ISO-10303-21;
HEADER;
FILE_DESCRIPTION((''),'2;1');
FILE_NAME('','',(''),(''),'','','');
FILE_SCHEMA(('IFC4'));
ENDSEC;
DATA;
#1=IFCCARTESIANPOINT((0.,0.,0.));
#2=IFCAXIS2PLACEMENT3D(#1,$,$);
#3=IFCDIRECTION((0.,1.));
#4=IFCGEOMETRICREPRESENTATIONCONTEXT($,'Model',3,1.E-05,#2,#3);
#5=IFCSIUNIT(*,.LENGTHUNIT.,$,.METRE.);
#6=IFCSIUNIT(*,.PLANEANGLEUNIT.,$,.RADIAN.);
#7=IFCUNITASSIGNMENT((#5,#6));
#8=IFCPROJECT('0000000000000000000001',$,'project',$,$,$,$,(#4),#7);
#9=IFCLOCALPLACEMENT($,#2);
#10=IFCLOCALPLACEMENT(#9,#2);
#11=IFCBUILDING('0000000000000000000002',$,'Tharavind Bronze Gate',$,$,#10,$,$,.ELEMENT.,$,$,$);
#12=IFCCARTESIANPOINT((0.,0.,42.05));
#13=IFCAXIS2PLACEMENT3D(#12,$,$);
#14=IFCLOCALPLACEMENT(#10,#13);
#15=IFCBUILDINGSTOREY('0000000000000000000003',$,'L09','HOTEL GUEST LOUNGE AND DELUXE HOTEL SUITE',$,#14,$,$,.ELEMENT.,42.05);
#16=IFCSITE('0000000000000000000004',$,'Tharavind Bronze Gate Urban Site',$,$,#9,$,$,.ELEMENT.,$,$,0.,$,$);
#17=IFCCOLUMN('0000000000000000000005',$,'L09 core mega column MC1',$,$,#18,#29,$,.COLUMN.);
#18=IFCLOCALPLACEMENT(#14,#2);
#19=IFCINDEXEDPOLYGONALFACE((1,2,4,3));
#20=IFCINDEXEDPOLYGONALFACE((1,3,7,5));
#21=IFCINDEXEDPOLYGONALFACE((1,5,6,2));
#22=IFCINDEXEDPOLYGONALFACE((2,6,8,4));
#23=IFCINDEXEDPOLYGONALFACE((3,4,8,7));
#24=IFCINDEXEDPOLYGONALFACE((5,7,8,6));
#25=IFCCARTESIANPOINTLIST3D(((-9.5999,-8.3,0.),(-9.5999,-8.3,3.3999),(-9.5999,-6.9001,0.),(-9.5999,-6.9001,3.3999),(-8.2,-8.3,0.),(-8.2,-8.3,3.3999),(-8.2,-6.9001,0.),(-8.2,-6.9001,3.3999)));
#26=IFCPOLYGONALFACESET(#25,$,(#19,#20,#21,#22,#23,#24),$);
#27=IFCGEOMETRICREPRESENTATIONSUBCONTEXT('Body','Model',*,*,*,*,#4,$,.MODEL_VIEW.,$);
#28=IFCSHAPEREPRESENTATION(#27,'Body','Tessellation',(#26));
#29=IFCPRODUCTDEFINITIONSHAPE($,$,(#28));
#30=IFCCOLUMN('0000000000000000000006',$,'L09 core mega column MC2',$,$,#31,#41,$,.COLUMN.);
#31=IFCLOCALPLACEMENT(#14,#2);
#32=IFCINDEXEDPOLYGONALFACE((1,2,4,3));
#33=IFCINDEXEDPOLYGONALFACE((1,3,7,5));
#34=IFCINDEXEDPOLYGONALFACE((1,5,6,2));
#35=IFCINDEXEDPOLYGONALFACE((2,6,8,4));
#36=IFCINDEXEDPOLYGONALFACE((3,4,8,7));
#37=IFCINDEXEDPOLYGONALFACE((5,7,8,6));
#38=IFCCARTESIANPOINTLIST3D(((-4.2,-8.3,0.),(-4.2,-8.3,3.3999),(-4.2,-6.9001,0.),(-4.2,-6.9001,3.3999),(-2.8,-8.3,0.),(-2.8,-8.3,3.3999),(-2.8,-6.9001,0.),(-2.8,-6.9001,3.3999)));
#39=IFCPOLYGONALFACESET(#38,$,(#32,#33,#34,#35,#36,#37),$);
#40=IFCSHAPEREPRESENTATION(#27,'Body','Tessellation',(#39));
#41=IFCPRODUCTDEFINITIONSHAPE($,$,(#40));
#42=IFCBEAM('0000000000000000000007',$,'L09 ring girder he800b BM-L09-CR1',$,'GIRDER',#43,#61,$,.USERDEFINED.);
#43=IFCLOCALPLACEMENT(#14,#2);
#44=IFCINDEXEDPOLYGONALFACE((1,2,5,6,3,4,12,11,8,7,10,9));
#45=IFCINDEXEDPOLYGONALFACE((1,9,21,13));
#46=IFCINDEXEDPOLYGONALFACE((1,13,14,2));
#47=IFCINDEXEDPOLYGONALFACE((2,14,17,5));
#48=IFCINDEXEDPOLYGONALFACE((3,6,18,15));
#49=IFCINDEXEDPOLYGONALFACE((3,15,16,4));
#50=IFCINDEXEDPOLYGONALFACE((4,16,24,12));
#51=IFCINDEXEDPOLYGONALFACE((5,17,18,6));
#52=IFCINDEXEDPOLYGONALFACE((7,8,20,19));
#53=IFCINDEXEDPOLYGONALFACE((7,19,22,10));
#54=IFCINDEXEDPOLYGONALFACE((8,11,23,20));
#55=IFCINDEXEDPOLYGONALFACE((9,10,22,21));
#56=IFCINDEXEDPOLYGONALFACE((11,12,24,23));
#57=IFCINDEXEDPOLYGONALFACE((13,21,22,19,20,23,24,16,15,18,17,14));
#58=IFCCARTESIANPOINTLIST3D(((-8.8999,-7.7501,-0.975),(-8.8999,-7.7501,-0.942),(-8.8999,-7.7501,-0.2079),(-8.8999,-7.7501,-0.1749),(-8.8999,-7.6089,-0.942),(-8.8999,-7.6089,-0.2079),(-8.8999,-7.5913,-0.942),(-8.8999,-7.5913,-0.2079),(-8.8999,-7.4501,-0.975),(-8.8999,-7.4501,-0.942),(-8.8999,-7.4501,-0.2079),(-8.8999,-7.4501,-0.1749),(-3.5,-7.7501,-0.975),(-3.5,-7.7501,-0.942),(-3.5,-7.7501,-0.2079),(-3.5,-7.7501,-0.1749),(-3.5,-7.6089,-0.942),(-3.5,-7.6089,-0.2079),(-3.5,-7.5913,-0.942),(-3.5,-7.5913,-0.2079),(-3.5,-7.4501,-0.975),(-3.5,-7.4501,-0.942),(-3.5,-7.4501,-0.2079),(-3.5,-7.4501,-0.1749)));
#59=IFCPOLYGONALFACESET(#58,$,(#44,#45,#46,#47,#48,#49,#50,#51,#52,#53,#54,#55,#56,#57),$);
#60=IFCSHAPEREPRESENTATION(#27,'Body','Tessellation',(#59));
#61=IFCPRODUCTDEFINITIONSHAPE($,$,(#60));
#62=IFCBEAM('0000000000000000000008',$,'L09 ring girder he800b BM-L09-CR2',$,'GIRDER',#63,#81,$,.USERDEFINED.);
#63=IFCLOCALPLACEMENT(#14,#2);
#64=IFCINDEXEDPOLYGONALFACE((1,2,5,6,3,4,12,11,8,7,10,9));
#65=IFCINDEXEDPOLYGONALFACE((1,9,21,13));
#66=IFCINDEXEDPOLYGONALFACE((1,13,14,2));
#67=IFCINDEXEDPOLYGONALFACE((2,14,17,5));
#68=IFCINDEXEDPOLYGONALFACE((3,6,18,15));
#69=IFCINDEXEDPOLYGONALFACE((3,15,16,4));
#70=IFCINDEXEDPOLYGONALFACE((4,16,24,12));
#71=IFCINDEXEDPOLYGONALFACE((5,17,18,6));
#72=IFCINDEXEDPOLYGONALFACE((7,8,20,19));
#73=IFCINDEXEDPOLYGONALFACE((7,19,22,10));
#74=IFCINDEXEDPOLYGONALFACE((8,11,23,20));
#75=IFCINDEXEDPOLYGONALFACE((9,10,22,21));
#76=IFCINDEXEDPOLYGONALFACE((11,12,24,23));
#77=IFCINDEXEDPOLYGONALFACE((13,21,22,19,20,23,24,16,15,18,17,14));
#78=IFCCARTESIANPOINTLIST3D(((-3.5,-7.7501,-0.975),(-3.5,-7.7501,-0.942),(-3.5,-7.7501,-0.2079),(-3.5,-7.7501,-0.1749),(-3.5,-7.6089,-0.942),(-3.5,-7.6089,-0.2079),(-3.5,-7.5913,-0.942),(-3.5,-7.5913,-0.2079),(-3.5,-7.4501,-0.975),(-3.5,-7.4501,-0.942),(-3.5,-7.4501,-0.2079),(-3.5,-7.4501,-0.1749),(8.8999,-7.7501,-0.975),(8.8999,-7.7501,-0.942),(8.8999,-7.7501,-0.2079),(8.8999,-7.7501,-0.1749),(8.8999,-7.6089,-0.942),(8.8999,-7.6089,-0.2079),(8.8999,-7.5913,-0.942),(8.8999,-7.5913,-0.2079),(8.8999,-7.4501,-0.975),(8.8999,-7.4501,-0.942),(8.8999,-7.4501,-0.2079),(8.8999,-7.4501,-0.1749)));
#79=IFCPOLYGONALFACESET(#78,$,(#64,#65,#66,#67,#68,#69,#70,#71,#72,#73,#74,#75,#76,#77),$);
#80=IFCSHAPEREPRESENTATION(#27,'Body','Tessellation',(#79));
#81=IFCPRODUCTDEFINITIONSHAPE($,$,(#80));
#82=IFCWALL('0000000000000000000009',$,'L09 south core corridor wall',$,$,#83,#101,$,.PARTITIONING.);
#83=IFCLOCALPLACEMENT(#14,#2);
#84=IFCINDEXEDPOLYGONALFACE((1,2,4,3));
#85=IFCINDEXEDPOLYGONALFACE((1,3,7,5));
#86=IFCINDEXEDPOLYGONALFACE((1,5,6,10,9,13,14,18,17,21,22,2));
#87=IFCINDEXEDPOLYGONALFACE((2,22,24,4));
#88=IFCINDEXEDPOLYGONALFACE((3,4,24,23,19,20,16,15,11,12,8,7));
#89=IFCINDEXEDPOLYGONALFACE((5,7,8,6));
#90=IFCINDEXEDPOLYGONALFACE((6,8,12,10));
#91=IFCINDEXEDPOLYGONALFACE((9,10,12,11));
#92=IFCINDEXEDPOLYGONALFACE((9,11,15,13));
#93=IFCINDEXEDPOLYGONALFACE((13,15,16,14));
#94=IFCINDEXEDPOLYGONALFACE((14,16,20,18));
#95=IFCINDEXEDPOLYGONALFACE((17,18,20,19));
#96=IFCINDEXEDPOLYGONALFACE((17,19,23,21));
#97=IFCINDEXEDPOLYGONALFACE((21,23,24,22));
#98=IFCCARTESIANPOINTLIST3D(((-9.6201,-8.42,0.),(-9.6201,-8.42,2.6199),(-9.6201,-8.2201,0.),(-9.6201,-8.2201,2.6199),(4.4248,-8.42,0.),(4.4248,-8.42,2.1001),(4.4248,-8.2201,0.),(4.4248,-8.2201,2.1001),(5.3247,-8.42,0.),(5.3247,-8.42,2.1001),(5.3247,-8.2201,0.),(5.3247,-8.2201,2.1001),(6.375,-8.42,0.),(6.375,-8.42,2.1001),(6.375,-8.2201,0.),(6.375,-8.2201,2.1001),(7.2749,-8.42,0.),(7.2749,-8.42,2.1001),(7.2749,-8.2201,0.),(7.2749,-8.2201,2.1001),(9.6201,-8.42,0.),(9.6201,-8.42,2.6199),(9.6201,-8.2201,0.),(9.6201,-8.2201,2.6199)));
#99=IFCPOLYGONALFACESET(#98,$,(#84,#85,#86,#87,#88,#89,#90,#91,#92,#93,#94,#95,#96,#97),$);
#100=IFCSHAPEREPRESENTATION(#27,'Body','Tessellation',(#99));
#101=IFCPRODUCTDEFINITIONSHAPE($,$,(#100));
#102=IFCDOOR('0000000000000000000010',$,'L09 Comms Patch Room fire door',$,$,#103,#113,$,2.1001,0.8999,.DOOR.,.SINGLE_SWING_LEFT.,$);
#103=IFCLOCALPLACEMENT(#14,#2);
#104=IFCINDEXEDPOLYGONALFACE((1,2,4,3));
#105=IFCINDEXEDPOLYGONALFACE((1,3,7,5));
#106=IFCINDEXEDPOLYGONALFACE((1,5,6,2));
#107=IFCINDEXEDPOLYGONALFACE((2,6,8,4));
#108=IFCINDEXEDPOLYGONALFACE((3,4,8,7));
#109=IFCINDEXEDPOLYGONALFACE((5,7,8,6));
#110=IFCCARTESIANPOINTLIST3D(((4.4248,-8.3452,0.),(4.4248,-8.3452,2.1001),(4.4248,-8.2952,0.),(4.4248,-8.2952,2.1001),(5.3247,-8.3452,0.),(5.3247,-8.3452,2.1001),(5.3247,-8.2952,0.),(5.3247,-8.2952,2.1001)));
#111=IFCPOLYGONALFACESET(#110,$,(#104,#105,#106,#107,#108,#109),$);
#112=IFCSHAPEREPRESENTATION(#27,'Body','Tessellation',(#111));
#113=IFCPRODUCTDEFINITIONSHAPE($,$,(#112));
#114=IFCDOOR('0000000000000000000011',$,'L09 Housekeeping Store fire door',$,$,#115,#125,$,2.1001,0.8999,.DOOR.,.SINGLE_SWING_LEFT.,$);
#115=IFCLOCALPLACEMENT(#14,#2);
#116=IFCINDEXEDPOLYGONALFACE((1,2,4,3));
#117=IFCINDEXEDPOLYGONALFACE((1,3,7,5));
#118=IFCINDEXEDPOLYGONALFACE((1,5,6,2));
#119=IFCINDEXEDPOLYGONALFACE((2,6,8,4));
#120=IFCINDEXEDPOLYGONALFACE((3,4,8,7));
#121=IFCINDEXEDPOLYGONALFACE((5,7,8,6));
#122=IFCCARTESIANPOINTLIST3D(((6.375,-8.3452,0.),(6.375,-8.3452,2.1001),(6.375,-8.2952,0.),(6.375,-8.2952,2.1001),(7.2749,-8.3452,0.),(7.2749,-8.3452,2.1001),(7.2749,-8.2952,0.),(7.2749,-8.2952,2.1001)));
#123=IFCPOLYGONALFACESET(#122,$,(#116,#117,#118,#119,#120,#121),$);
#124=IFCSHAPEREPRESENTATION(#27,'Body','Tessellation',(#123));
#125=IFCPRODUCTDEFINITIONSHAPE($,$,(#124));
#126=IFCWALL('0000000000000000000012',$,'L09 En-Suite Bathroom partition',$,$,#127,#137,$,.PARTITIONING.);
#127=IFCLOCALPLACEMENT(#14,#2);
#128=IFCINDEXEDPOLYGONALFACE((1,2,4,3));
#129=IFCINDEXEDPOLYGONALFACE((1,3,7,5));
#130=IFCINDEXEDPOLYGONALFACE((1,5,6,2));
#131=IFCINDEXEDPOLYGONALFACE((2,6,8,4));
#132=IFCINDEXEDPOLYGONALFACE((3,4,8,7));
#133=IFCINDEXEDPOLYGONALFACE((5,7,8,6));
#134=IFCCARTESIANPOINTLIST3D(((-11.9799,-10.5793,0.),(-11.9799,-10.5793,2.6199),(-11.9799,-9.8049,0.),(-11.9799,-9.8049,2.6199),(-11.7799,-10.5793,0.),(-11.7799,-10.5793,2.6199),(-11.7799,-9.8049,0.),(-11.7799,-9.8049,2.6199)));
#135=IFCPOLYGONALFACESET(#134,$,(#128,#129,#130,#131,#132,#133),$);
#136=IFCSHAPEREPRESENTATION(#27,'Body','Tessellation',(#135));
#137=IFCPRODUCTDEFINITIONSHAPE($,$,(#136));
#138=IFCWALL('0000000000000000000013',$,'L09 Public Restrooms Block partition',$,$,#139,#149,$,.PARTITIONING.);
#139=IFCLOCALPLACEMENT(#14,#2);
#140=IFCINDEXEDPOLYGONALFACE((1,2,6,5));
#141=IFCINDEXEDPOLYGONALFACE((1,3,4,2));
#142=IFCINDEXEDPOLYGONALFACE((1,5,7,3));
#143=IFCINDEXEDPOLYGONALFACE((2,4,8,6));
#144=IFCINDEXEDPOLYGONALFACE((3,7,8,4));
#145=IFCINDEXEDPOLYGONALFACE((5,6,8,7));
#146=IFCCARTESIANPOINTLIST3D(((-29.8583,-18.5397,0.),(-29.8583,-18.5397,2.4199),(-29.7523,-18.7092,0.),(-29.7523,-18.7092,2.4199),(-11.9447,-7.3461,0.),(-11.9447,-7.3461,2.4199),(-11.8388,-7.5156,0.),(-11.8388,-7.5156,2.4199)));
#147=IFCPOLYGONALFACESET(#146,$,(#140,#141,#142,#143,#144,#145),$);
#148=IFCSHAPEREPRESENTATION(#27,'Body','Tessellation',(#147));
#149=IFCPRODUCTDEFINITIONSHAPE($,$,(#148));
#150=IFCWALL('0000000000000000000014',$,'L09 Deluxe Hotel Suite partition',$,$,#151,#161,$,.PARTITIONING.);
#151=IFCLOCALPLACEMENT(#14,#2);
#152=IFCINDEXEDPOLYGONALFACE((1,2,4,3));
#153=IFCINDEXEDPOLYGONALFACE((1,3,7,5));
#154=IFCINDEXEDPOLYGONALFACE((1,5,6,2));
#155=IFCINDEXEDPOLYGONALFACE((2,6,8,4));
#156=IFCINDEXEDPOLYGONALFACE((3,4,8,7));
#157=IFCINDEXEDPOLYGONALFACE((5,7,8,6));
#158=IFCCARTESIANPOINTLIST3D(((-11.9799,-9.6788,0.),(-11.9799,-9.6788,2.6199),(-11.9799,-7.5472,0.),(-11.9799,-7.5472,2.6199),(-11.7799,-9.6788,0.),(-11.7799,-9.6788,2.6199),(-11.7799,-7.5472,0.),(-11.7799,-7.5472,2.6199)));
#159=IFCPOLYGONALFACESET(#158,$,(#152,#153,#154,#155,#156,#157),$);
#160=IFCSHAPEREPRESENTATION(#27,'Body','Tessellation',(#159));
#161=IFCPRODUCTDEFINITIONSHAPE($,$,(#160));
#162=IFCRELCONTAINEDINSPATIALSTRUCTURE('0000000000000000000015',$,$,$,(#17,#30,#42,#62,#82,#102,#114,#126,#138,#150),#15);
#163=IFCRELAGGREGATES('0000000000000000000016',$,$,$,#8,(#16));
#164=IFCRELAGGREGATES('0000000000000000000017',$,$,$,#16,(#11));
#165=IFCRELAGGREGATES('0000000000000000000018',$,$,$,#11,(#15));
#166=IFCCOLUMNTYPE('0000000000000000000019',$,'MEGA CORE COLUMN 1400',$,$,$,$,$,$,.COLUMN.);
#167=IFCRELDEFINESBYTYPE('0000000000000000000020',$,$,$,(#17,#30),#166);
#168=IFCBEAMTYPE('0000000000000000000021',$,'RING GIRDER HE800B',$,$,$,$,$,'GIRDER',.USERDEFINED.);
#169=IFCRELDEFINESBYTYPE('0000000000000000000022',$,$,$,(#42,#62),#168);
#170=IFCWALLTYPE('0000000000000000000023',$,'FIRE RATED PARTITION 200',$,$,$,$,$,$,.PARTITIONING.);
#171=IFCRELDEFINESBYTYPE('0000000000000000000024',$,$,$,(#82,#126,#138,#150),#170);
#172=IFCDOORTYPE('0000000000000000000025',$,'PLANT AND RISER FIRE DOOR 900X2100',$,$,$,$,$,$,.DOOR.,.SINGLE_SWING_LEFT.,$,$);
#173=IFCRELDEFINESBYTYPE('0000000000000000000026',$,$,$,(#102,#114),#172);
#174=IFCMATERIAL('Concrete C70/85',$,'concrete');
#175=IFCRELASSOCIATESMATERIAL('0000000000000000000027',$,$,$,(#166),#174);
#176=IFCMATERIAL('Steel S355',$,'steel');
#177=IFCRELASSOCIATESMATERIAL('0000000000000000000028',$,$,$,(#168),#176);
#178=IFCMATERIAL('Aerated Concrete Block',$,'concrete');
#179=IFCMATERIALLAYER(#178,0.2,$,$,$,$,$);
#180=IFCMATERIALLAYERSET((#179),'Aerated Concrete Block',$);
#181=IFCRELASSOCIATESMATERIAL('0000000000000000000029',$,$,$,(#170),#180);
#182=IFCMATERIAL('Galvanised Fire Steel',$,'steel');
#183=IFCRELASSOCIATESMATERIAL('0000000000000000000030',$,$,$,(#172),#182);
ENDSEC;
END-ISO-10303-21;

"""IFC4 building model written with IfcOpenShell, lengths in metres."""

from ifc_helpers import new_model, si_unit, direction, frame, frame_2d, origin, origin_2d, place, context, subcontext, project, spatial, rectangle, i_section, extrude, material, layer, layer_set, material_profile, profile_set, type_object, element, fill, save


model = new_model("IFC4")

# Units and contexts
model_context = context("Model", 3, precision=1e-05, world=origin(), true_north=direction((0.0, 1.0)))
body_context = subcontext(model_context, "Body", "Model", "MODEL_VIEW")
ifc_project = project(units=[si_unit("LENGTHUNIT", "METRE"), si_unit("PLANEANGLEUNIT", "RADIAN")], contexts=[model_context])

# Site, building, storey
site_placement = place(None, origin())
site = spatial("IfcSite", under=ifc_project, at=site_placement, Name="Tharavind Bronze Gate Urban Site", CompositionType="ELEMENT", RefElevation=0.0)
building_placement = place(site_placement, origin())
building = spatial("IfcBuilding", under=site, at=building_placement, Name="Tharavind Bronze Gate", CompositionType="ELEMENT")
storey_placement = place(building_placement, frame((0.0, 0.0, 42.05)))
storey = spatial("IfcBuildingStorey", under=building, at=storey_placement, Name="L09", Description="HOTEL GUEST LOUNGE AND DELUXE HOTEL SUITE", CompositionType="ELEMENT", Elevation=42.05)

# Columns
ifc_material_1 = material(Name="Concrete C70/85", Category="concrete")
ifc_material_profile_1 = material_profile(ifc_material_1, rectangle(XDim=1.3999, YDim=1.3999, at=origin_2d()), Name="RCCOL1400")
ifc_profile_set_1 = profile_set([ifc_material_profile_1], Name="Concrete C70/85")
column_type = type_object("IfcColumnType", Name="MEGA CORE COLUMN 1400", PredefinedType="COLUMN", material=ifc_profile_set_1)
for number, where, z_axis, x_axis, name in (
    (1, (-8.8999, -7.6001, 0.0), (0.0, 0.0, 1.0), (1.0, 0.0, 0.0), "L09 core mega column MC1"),
    (2, (-3.5, -7.6001, 0.0), (0.0, 0.0, 1.0), (1.0, 0.0, 0.0), "L09 core mega column MC2"),
):
    element("IfcColumn", number, at=place(storey_placement, frame(where, z_axis=z_axis, x_axis=x_axis)), inside=storey, type_object=column_type, Name=name, PredefinedType="COLUMN", context=body_context, shape_type="SweptSolid", body=[
        extrude(rectangle(XDim=1.3999, YDim=1.3999, at=origin_2d()), origin(), (0.0, 0.0, 1.0), 3.3999),
    ])

# Beams
ifc_material_2 = material(Name="Steel S355", Category="steel")
ifc_material_profile_2 = material_profile(ifc_material_2, i_section(OverallWidth=0.3, OverallDepth=0.8, WebThickness=0.0176, FlangeThickness=0.033, at=origin_2d()), Name="HE800B")
ifc_profile_set_2 = profile_set([ifc_material_profile_2], Name="Steel S355")
beam_type = type_object("IfcBeamType", Name="RING GIRDER HE800B", ElementType="GIRDER", PredefinedType="USERDEFINED", material=ifc_profile_set_2)
beam_1_placement = place(storey_placement, frame((-8.8999, -7.6001, -0.575), z_axis=(1.0, 0.0, 0.0), x_axis=(0.0, 1.0, 0.0)))
element("IfcBeam", 3, at=beam_1_placement, inside=storey, type_object=beam_type, Name="L09 ring girder he800b BM-L09-CR1", ObjectType="GIRDER", PredefinedType="USERDEFINED", context=body_context, shape_type="SweptSolid", body=[
    extrude(i_section(OverallWidth=0.3, OverallDepth=0.8, WebThickness=0.0176, FlangeThickness=0.033, at=origin_2d()), origin(), (0.0, 0.0, 1.0), 5.3999),
])
beam_2_placement = place(storey_placement, frame((-3.5, -7.6001, -0.575), z_axis=(1.0, 0.0, 0.0), x_axis=(0.0, 1.0, 0.0)))
element("IfcBeam", 4, at=beam_2_placement, inside=storey, type_object=beam_type, Name="L09 ring girder he800b BM-L09-CR2", ObjectType="GIRDER", PredefinedType="USERDEFINED", context=body_context, shape_type="SweptSolid", body=[
    extrude(i_section(OverallWidth=0.3, OverallDepth=0.8, WebThickness=0.0176, FlangeThickness=0.033, at=origin_2d()), origin(), (0.0, 0.0, 1.0), 12.3999),
])

# Wall, openings, doors
ifc_material_3 = material(Name="Aerated Concrete Block", Category="concrete")
ifc_layer_1 = layer(ifc_material_3, 0.2)
ifc_layer_set_1 = layer_set([ifc_layer_1], Name="Aerated Concrete Block")
wall_type_1 = type_object("IfcWallType", Name="FIRE RATED PARTITION 200", PredefinedType="PARTITIONING", material=ifc_layer_set_1)
wall_1_placement = place(storey_placement, frame((-9.6201, -8.3201, 0.0), z_axis=(0.0, 0.0, 1.0), x_axis=(1.0, 0.0, 0.0)))
wall_1 = element("IfcWall", 5, at=wall_1_placement, inside=storey, type_object=wall_type_1, Name="L09 south core corridor wall", PredefinedType="PARTITIONING", context=body_context, shape_type="SweptSolid", body=[
    extrude(rectangle(XDim=19.2402, YDim=0.2, at=frame_2d((9.6201, 0.0))), origin(), (0.0, 0.0, 1.0), 2.6199),
])
opening_1_placement = place(wall_1_placement, frame((14.0449, 0.0, 0.0)))
opening_1 = element("IfcOpeningElement", 6, at=opening_1_placement, cuts=wall_1, PredefinedType="OPENING", context=body_context, shape_type="SweptSolid", body=[
    extrude(rectangle(XDim=0.8999, YDim=2.1001, at=frame_2d((0.45, 1.05))), frame((0.0, 0.1101, 0.0), z_axis=(0.0, -1.0, 0.0), x_axis=(1.0, 0.0, 0.0)), (0.0, 0.0, 1.0), 0.22),
])
opening_2_placement = place(wall_1_placement, frame((15.9951, 0.0, 0.0)))
opening_2 = element("IfcOpeningElement", 7, at=opening_2_placement, cuts=wall_1, PredefinedType="OPENING", context=body_context, shape_type="SweptSolid", body=[
    extrude(rectangle(XDim=0.8999, YDim=2.1001, at=frame_2d((0.45, 1.05))), frame((0.0, 0.1101, 0.0), z_axis=(0.0, -1.0, 0.0), x_axis=(1.0, 0.0, 0.0)), (0.0, 0.0, 1.0), 0.22),
])
ifc_material_4 = material(Name="Galvanised Fire Steel", Category="steel")
door_type_1 = type_object("IfcDoorType", Name="PLANT AND RISER FIRE DOOR 900X2100", OperationType="SINGLE_SWING_LEFT", PredefinedType="DOOR", material=ifc_material_4)
door_1_placement = place(opening_1_placement, origin())
door_1 = element("IfcDoor", 8, at=door_1_placement, inside=storey, type_object=door_type_1, Name="L09 Comms Patch Room fire door", OperationType="SINGLE_SWING_LEFT", OverallHeight=2.1001, OverallWidth=0.8999, PredefinedType="DOOR", context=body_context, shape_type="SweptSolid", body=[
    extrude(rectangle(XDim=0.8999, YDim=2.1001, at=frame_2d((0.45, 1.05))), frame((0.0, 0.0249, 0.0), z_axis=(0.0, -1.0, 0.0), x_axis=(1.0, 0.0, 0.0)), (0.0, 0.0, 1.0), 0.05),
])
fill(opening_1, door_1)
door_2_placement = place(opening_2_placement, origin())
door_2 = element("IfcDoor", 9, at=door_2_placement, inside=storey, type_object=door_type_1, Name="L09 Housekeeping Store fire door", OperationType="SINGLE_SWING_LEFT", OverallHeight=2.1001, OverallWidth=0.8999, PredefinedType="DOOR", context=body_context, shape_type="SweptSolid", body=[
    extrude(rectangle(XDim=0.8999, YDim=2.1001, at=frame_2d((0.45, 1.05))), frame((0.0, 0.0249, 0.0), z_axis=(0.0, -1.0, 0.0), x_axis=(1.0, 0.0, 0.0)), (0.0, 0.0, 1.0), 0.05),
])
fill(opening_2, door_2)

# Walls
wall_2_placement = place(storey_placement, frame((-11.8799, -9.8049, 0.0), z_axis=(0.0, 0.0, 1.0), x_axis=(0.0, -1.0, 0.0)))
element("IfcWall", 10, at=wall_2_placement, inside=storey, type_object=wall_type_1, Name="L09 En-Suite Bathroom partition", PredefinedType="PARTITIONING", context=body_context, shape_type="SweptSolid", body=[
    extrude(rectangle(XDim=0.7744, YDim=0.2, at=frame_2d((0.3872, 0.0))), origin(), (0.0, 0.0, 1.0), 2.6199),
])
wall_3_placement = place(storey_placement, frame((-11.8918, -7.4309, 0.0), z_axis=(0.0, 0.0, 1.0), x_axis=(-0.848049, -0.529918, 0.0)))
element("IfcWall", 11, at=wall_3_placement, inside=storey, type_object=wall_type_1, Name="L09 Public Restrooms Block partition", PredefinedType="PARTITIONING", context=body_context, shape_type="SweptSolid", body=[
    extrude(rectangle(XDim=21.1233, YDim=0.2, at=frame_2d((10.5615, 0.0))), origin(), (0.0, 0.0, 1.0), 2.4199),
])
wall_4_placement = place(storey_placement, frame((-11.8799, -7.5471, 0.0), z_axis=(0.0, 0.0, 1.0), x_axis=(0.0, -1.0, 0.0)))
element("IfcWall", 12, at=wall_4_placement, inside=storey, type_object=wall_type_1, Name="L09 Deluxe Hotel Suite partition", PredefinedType="PARTITIONING", context=body_context, shape_type="SweptSolid", body=[
    extrude(rectangle(XDim=2.1316, YDim=0.2, at=frame_2d((1.0659, 0.0))), origin(), (0.0, 0.0, 1.0), 2.6199),
])

save(model, "model.ifc")
